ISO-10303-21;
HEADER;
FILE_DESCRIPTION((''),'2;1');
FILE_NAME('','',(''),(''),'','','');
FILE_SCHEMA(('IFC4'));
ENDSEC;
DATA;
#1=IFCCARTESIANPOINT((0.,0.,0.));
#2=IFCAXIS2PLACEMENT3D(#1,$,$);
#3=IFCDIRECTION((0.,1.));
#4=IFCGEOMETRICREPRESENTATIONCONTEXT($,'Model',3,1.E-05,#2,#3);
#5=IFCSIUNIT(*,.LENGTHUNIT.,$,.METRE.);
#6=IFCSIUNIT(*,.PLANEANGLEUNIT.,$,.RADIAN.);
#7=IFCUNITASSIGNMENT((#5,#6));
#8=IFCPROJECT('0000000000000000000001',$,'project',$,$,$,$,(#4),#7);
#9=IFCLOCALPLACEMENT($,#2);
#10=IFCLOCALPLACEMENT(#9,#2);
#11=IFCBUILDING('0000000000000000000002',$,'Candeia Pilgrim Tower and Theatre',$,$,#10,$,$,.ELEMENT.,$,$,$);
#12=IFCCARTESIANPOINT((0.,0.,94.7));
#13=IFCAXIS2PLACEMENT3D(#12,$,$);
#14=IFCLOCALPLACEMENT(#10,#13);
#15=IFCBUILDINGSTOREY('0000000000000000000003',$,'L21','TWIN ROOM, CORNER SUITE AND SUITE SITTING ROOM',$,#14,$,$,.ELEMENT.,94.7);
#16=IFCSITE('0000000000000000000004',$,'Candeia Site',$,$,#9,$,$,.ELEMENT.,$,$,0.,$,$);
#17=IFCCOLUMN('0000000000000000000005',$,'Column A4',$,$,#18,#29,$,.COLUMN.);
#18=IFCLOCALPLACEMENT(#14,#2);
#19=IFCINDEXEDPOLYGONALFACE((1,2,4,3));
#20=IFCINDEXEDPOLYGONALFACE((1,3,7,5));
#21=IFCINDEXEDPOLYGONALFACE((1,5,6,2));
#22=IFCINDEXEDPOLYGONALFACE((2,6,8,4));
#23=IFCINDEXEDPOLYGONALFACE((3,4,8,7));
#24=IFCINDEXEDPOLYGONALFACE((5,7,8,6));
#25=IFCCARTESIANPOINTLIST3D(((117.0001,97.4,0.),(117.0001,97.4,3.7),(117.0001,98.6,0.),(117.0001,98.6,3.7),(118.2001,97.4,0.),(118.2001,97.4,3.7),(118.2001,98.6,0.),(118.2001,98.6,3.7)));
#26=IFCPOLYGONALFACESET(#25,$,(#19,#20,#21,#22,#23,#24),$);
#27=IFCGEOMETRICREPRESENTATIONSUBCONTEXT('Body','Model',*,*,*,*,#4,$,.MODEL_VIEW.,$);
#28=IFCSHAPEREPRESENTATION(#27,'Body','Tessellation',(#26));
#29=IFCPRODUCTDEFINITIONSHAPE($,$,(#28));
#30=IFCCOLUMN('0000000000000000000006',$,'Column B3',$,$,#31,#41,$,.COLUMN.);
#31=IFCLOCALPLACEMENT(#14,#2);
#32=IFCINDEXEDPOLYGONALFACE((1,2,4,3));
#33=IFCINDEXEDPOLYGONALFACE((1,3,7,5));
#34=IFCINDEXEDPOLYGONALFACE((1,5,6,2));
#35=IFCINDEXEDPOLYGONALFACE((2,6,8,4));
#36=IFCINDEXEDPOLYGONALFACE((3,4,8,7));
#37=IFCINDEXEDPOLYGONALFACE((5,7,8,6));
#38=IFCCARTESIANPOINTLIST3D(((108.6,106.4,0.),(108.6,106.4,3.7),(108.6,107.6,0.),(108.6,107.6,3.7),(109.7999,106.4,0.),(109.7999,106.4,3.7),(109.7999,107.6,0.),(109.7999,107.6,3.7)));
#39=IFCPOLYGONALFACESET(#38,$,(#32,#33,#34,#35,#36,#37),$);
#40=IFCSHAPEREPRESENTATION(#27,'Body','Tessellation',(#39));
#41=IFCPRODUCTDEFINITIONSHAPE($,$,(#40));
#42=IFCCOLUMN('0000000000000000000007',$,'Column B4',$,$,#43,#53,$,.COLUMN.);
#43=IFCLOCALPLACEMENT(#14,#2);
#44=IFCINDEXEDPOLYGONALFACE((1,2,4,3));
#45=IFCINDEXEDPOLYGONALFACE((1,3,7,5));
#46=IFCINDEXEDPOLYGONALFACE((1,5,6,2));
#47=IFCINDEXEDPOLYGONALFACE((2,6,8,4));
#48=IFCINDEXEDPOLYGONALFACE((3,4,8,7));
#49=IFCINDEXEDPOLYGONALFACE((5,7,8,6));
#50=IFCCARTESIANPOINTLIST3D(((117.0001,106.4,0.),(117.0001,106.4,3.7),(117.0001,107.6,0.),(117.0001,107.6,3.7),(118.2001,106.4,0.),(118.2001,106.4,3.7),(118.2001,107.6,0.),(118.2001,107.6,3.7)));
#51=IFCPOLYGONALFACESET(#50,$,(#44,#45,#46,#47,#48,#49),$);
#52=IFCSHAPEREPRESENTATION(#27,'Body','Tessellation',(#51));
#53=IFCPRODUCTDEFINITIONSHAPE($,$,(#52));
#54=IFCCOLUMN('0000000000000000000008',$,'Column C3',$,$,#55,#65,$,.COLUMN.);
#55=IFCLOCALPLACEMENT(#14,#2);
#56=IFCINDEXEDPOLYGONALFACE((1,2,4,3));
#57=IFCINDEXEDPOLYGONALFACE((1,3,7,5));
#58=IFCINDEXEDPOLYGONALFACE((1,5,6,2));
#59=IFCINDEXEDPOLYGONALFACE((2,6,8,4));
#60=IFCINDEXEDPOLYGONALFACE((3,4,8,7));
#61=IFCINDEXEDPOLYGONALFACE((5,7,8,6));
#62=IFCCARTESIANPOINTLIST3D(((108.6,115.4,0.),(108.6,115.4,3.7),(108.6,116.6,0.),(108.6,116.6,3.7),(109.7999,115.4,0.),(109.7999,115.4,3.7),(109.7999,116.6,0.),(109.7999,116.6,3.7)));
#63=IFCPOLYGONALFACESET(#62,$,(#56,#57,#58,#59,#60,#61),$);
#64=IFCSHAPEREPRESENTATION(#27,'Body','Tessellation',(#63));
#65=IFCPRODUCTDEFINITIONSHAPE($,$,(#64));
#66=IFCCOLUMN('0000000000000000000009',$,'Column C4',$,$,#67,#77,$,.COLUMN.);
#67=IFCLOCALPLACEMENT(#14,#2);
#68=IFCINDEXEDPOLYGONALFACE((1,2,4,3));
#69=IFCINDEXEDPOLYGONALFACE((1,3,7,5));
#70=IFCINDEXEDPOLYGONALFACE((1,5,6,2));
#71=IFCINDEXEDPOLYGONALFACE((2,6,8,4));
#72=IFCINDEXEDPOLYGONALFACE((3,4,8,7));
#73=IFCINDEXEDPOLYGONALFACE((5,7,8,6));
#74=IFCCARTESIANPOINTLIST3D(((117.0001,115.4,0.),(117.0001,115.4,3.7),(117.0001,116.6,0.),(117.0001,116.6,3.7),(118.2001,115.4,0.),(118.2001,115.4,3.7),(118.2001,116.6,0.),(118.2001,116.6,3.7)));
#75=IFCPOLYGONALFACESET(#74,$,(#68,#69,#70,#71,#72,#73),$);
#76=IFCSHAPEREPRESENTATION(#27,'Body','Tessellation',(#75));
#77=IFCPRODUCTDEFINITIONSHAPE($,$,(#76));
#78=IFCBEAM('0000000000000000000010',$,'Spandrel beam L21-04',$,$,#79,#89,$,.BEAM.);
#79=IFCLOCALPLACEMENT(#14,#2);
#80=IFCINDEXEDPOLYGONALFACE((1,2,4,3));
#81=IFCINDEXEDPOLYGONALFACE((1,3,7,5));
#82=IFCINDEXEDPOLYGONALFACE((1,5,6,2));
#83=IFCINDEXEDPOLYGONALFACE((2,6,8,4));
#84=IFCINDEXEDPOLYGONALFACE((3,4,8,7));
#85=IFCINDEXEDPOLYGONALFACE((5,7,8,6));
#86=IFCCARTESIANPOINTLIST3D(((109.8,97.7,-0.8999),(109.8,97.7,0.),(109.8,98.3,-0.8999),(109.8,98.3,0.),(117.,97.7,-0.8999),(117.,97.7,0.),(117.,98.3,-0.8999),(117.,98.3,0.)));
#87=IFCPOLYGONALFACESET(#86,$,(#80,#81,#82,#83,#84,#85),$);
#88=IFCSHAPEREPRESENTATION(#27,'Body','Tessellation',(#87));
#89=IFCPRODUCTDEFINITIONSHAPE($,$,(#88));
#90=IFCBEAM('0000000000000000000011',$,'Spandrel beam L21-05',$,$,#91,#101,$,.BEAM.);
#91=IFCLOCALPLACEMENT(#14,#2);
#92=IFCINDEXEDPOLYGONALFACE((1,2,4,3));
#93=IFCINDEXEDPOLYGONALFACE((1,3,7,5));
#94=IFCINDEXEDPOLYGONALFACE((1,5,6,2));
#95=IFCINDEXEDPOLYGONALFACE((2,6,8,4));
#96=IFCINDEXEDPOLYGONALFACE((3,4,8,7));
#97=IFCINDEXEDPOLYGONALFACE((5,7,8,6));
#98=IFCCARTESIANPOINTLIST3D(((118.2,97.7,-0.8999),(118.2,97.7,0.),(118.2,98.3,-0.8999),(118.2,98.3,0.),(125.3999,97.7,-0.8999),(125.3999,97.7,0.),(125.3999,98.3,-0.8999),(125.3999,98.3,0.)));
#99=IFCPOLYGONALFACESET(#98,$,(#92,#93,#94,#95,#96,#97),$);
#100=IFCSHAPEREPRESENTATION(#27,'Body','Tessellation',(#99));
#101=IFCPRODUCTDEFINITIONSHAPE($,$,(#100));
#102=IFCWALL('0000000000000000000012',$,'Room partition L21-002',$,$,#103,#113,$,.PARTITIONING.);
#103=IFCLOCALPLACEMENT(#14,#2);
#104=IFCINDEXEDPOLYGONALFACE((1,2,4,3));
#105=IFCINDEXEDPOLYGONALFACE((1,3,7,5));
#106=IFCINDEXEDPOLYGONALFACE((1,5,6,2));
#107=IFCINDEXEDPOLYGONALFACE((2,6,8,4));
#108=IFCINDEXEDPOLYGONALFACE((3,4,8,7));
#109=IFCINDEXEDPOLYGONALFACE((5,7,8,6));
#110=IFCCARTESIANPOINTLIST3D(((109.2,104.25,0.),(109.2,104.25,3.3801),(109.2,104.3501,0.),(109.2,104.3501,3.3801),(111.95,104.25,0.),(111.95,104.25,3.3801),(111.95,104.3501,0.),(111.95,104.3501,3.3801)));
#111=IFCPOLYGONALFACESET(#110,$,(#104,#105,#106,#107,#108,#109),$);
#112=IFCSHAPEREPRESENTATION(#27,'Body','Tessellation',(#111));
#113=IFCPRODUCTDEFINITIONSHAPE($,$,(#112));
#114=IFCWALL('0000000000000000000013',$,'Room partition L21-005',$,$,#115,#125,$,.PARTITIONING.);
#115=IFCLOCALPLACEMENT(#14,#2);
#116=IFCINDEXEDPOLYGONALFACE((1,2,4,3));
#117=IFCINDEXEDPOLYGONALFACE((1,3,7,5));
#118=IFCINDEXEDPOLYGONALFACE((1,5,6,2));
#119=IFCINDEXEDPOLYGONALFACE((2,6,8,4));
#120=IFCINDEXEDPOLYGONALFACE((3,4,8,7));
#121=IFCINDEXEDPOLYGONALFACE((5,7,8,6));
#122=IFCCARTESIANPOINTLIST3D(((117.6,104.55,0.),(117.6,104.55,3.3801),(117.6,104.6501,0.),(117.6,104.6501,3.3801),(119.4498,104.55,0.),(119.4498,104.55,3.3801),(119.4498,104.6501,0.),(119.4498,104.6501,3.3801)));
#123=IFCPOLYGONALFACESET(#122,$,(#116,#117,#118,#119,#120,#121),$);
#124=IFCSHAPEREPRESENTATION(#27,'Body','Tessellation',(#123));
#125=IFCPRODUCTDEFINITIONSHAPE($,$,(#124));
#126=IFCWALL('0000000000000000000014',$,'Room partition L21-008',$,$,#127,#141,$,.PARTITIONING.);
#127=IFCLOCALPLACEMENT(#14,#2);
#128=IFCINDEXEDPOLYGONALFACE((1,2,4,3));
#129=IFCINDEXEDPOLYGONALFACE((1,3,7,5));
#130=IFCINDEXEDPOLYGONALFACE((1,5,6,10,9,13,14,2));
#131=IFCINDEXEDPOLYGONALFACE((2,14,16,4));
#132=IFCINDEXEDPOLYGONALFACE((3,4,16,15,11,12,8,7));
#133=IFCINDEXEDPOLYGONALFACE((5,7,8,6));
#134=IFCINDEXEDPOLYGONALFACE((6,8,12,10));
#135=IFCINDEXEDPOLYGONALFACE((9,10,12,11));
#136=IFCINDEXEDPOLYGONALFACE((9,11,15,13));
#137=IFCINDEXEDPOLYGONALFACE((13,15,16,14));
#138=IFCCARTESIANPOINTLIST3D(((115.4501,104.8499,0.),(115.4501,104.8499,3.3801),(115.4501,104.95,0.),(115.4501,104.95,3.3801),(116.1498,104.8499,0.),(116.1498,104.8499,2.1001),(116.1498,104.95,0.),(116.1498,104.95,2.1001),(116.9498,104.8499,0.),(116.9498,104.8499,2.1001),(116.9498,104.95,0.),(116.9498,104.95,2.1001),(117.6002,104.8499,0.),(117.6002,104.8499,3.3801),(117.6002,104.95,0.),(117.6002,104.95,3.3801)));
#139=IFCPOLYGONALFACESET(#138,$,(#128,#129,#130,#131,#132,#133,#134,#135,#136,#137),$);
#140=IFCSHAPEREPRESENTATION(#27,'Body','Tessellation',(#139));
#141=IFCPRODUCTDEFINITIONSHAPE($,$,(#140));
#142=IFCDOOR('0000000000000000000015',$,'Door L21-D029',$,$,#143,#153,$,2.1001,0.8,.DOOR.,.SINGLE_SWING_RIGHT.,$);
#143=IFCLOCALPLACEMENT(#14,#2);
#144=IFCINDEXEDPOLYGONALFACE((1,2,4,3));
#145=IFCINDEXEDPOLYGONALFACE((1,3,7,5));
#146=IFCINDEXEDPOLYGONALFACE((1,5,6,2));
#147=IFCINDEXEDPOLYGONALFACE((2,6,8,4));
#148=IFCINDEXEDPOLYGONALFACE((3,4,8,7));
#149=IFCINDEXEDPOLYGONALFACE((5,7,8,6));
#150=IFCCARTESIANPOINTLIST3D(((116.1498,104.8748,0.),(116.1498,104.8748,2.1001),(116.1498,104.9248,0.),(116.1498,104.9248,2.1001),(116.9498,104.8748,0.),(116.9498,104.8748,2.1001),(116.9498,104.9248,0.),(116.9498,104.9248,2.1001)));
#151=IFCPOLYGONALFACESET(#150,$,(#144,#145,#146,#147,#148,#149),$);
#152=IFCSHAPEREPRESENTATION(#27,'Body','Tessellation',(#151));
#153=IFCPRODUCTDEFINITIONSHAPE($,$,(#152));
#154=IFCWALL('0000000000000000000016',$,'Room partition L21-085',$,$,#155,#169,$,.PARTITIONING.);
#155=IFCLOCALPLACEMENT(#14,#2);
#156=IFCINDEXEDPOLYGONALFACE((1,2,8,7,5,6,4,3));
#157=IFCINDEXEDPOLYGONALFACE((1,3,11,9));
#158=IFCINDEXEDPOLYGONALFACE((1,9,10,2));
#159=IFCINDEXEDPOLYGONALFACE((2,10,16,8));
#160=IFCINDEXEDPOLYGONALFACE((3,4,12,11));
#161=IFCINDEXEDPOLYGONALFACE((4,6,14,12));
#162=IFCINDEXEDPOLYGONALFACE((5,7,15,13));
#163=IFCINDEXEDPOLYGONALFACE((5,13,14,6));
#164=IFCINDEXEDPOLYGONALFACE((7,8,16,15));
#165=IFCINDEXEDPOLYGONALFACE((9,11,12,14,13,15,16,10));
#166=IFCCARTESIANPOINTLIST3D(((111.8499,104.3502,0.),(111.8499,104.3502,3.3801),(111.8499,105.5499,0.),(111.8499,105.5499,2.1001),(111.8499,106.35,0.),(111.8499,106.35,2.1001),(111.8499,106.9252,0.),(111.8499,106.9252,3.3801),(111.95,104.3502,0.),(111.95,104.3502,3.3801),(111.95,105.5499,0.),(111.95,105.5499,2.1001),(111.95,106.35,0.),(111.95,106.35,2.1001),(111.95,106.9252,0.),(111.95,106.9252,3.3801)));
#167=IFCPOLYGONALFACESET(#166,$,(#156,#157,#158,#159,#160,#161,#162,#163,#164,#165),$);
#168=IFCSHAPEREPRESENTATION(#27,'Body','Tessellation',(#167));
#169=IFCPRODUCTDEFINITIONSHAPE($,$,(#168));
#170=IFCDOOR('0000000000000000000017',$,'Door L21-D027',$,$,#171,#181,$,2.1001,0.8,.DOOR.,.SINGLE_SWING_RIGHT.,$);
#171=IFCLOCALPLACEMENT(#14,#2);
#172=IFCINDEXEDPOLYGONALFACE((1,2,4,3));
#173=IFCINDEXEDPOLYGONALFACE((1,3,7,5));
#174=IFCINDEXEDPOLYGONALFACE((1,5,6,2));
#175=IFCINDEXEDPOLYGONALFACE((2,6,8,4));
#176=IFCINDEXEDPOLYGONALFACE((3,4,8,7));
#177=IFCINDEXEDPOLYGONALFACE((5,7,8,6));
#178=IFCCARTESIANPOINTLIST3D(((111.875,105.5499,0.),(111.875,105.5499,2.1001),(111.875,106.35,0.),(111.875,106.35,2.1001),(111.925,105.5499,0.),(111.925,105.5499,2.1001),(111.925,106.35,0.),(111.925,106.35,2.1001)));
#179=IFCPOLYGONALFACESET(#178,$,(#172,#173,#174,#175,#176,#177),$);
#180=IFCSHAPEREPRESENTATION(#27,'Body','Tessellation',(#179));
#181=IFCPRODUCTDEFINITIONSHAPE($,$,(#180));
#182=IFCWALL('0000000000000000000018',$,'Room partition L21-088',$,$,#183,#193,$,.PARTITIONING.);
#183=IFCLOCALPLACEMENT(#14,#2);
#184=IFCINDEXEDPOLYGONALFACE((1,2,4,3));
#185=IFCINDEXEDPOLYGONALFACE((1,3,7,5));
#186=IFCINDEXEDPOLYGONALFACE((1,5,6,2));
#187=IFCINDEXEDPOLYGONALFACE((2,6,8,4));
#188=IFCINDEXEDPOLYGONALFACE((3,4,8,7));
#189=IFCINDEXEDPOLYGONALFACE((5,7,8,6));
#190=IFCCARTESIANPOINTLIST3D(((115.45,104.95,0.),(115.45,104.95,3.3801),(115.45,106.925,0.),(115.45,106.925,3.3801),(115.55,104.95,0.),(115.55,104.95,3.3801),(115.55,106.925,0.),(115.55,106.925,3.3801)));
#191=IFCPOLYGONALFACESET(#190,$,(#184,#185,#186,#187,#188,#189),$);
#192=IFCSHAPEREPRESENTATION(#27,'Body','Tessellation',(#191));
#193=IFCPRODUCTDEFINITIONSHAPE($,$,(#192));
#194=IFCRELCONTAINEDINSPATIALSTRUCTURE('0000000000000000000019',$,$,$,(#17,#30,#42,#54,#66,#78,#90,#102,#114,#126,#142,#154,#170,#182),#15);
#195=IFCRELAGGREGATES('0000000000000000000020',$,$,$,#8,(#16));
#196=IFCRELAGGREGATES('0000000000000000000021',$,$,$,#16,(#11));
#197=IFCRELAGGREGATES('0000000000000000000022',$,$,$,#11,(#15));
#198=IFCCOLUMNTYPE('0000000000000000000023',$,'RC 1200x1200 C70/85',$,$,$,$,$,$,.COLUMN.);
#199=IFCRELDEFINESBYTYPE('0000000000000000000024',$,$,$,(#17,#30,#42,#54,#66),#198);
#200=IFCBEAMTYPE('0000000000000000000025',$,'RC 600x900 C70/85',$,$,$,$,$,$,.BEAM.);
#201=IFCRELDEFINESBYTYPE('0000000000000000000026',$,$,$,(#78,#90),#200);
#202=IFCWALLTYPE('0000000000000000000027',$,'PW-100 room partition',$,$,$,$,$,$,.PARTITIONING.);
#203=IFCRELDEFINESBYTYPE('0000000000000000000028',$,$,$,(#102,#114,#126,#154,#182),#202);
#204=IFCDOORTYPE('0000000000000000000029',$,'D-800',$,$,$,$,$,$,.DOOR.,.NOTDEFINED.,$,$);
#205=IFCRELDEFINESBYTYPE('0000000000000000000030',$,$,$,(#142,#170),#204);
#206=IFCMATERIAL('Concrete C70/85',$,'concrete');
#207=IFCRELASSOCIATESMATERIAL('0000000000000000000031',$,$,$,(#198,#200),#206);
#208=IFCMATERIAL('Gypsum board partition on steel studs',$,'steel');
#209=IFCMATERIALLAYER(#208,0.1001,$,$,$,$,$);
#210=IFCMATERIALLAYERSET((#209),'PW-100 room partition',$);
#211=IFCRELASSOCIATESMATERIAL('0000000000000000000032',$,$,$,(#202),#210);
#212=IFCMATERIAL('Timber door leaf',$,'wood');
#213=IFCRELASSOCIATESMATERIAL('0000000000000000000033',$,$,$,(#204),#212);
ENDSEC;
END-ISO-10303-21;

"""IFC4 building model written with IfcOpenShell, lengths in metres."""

from ifc_helpers import new_model, si_unit, direction, frame, frame_2d, origin, origin_2d, place, context, subcontext, project, spatial, rectangle, extrude, material, layer, layer_set, material_profile, profile_set, type_object, element, fill, save


model = new_model("IFC4")

# Units and contexts
model_context = context("Model", 3, precision=1e-05, world=origin(), true_north=direction((0.0, 1.0)))
body_context = subcontext(model_context, "Body", "Model", "MODEL_VIEW")
ifc_project = project(units=[si_unit("LENGTHUNIT", "METRE"), si_unit("PLANEANGLEUNIT", "RADIAN")], contexts=[model_context])

# Site, building, storey
site_placement = place(None, origin())
site = spatial("IfcSite", under=ifc_project, at=site_placement, Name="Candeia Site", CompositionType="ELEMENT", RefElevation=0.0)
building_placement = place(site_placement, origin())
building = spatial("IfcBuilding", under=site, at=building_placement, Name="Candeia Pilgrim Tower and Theatre", CompositionType="ELEMENT")
storey_placement = place(building_placement, frame((0.0, 0.0, 94.7)))
storey = spatial("IfcBuildingStorey", under=building, at=storey_placement, Name="L21", Description="TWIN ROOM, CORNER SUITE AND SUITE SITTING ROOM", CompositionType="ELEMENT", Elevation=94.7)

# Columns
ifc_material_1 = material(Name="Concrete C70/85", Category="concrete")
ifc_material_profile_1 = material_profile(ifc_material_1, rectangle(XDim=1.2, YDim=1.2, at=origin_2d()))
ifc_profile_set_1 = profile_set([ifc_material_profile_1], Name="Concrete C70/85")
column_type = type_object("IfcColumnType", Name="RC 1200x1200 C70/85", PredefinedType="COLUMN", material=ifc_profile_set_1)
for number, where, z_axis, x_axis, name in (
    (1, (117.6001, 98.0, 0.0), (0.0, 0.0, 1.0), (1.0, 0.0, 0.0), "Column A4"),
    (2, (109.2, 107.0, 0.0), (0.0, 0.0, 1.0), (1.0, 0.0, 0.0), "Column B3"),
    (3, (117.6001, 107.0, 0.0), (0.0, 0.0, 1.0), (1.0, 0.0, 0.0), "Column B4"),
    (4, (109.2, 116.0, 0.0), (0.0, 0.0, 1.0), (1.0, 0.0, 0.0), "Column C3"),
    (5, (117.6001, 116.0, 0.0), (0.0, 0.0, 1.0), (1.0, 0.0, 0.0), "Column C4"),
):
    element("IfcColumn", number, at=place(storey_placement, frame(where, z_axis=z_axis, x_axis=x_axis)), inside=storey, type_object=column_type, Name=name, PredefinedType="COLUMN", context=body_context, shape_type="SweptSolid", body=[
        extrude(rectangle(XDim=1.2, YDim=1.2, at=origin_2d()), origin(), (0.0, 0.0, 1.0), 3.7),
    ])

# Beams
ifc_material_profile_2 = material_profile(ifc_material_1, rectangle(XDim=0.6001, YDim=0.8999, at=origin_2d()))
ifc_profile_set_2 = profile_set([ifc_material_profile_2], Name="Concrete C70/85")
beam_type = type_object("IfcBeamType", Name="RC 600x900 C70/85", PredefinedType="BEAM", material=ifc_profile_set_2)
for number, where, z_axis, x_axis, name in (
    (6, (109.8, 98.0, -0.45), (1.0, 0.0, 0.0), (0.0, 1.0, 0.0), "Spandrel beam L21-04"),
    (7, (118.2, 98.0, -0.45), (1.0, 0.0, 0.0), (0.0, 1.0, 0.0), "Spandrel beam L21-05"),
):
    element("IfcBeam", number, at=place(storey_placement, frame(where, z_axis=z_axis, x_axis=x_axis)), inside=storey, type_object=beam_type, Name=name, PredefinedType="BEAM", context=body_context, shape_type="SweptSolid", body=[
        extrude(rectangle(XDim=0.6001, YDim=0.8999, at=origin_2d()), origin(), (0.0, 0.0, 1.0), 7.2),
    ])

# Walls
ifc_material_2 = material(Name="Gypsum board partition on steel studs", Category="steel")
ifc_layer_1 = layer(ifc_material_2, 0.1001)
ifc_layer_set_1 = layer_set([ifc_layer_1], Name="PW-100 room partition")
wall_type_1 = type_object("IfcWallType", Name="PW-100 room partition", PredefinedType="PARTITIONING", material=ifc_layer_set_1)
wall_1_placement = place(storey_placement, frame((109.2, 104.3, 0.0), z_axis=(0.0, 0.0, 1.0), x_axis=(1.0, 0.0, 0.0)))
element("IfcWall", 8, at=wall_1_placement, inside=storey, type_object=wall_type_1, Name="Room partition L21-002", PredefinedType="PARTITIONING", context=body_context, shape_type="SweptSolid", body=[
    extrude(rectangle(XDim=2.75, YDim=0.1001, at=frame_2d((1.375, 0.0))), origin(), (0.0, 0.0, 1.0), 3.3801),
])
wall_2_placement = place(storey_placement, frame((117.6001, 104.6001, 0.0), z_axis=(0.0, 0.0, 1.0), x_axis=(1.0, 0.0, 0.0)))
element("IfcWall", 9, at=wall_2_placement, inside=storey, type_object=wall_type_1, Name="Room partition L21-005", PredefinedType="PARTITIONING", context=body_context, shape_type="SweptSolid", body=[
    extrude(rectangle(XDim=1.8499, YDim=0.1001, at=frame_2d((0.9248, 0.0))), origin(), (0.0, 0.0, 1.0), 3.3801),
])

# Walls, openings, doors
wall_3_placement = place(storey_placement, frame((115.45, 104.8999, 0.0), z_axis=(0.0, 0.0, 1.0), x_axis=(1.0, 0.0, 0.0)))
wall_3 = element("IfcWall", 10, at=wall_3_placement, inside=storey, type_object=wall_type_1, Name="Room partition L21-008", PredefinedType="PARTITIONING", context=body_context, shape_type="SweptSolid", body=[
    extrude(rectangle(XDim=2.1501, YDim=0.1001, at=frame_2d((1.0752, 0.0))), origin(), (0.0, 0.0, 1.0), 3.3801),
])
opening_1_placement = place(wall_3_placement, frame((0.7, 0.0, 0.0)))
opening_1 = element("IfcOpeningElement", 11, at=opening_1_placement, cuts=wall_3, PredefinedType="OPENING", context=body_context, shape_type="SweptSolid", body=[
    extrude(rectangle(XDim=0.8, YDim=2.1001, at=frame_2d((0.3999, 1.05))), frame((0.0, 0.0601, 0.0), z_axis=(0.0, -1.0, 0.0), x_axis=(1.0, 0.0, 0.0)), (0.0, 0.0, 1.0), 0.1201),
])
ifc_material_3 = material(Name="Timber door leaf", Category="wood")
door_type = type_object("IfcDoorType", Name="D-800", OperationType="NOTDEFINED", PredefinedType="DOOR", material=ifc_material_3)
door_1_placement = place(opening_1_placement, origin())
door_1 = element("IfcDoor", 12, at=door_1_placement, inside=storey, type_object=door_type, Name="Door L21-D029", OperationType="SINGLE_SWING_RIGHT", OverallHeight=2.1001, OverallWidth=0.8, PredefinedType="DOOR", context=body_context, shape_type="SweptSolid", body=[
    extrude(rectangle(XDim=0.8, YDim=2.1001, at=frame_2d((0.3999, 1.05))), frame((0.0, 0.0249, 0.0), z_axis=(0.0, -1.0, 0.0), x_axis=(1.0, 0.0, 0.0)), (0.0, 0.0, 1.0), 0.05),
])
fill(opening_1, door_1)
wall_4_placement = place(storey_placement, frame((111.8999, 104.3501, 0.0), z_axis=(0.0, 0.0, 1.0), x_axis=(0.0, 1.0, 0.0)))
wall_4 = element("IfcWall", 13, at=wall_4_placement, inside=storey, type_object=wall_type_1, Name="Room partition L21-085", PredefinedType="PARTITIONING", context=body_context, shape_type="SweptSolid", body=[
    extrude(rectangle(XDim=2.575, YDim=0.1001, at=frame_2d((1.2876, 0.0))), origin(), (0.0, 0.0, 1.0), 3.3801),
])
opening_2_placement = place(wall_4_placement, frame((1.2, 0.0, 0.0)))
opening_2 = element("IfcOpeningElement", 14, at=opening_2_placement, cuts=wall_4, PredefinedType="OPENING", context=body_context, shape_type="SweptSolid", body=[
    extrude(rectangle(XDim=0.8, YDim=2.1001, at=frame_2d((0.3999, 1.05))), frame((0.0, 0.0601, 0.0), z_axis=(0.0, -1.0, 0.0), x_axis=(1.0, 0.0, 0.0)), (0.0, 0.0, 1.0), 0.1201),
])
door_2_placement = place(opening_2_placement, origin())
door_2 = element("IfcDoor", 15, at=door_2_placement, inside=storey, type_object=door_type, Name="Door L21-D027", OperationType="SINGLE_SWING_RIGHT", OverallHeight=2.1001, OverallWidth=0.8, PredefinedType="DOOR", context=body_context, shape_type="SweptSolid", body=[
    extrude(rectangle(XDim=0.8, YDim=2.1001, at=frame_2d((0.3999, 1.05))), frame((0.0, 0.0249, 0.0), z_axis=(0.0, -1.0, 0.0), x_axis=(1.0, 0.0, 0.0)), (0.0, 0.0, 1.0), 0.05),
])
fill(opening_2, door_2)

# Wall
wall_5_placement = place(storey_placement, frame((115.5, 104.95, 0.0), z_axis=(0.0, 0.0, 1.0), x_axis=(0.0, 1.0, 0.0)))
element("IfcWall", 16, at=wall_5_placement, inside=storey, type_object=wall_type_1, Name="Room partition L21-088", PredefinedType="PARTITIONING", context=body_context, shape_type="SweptSolid", body=[
    extrude(rectangle(XDim=1.9751, YDim=0.1001, at=frame_2d((0.9875, 0.0))), origin(), (0.0, 0.0, 1.0), 3.3801),
])

save(model, "model.ifc")
